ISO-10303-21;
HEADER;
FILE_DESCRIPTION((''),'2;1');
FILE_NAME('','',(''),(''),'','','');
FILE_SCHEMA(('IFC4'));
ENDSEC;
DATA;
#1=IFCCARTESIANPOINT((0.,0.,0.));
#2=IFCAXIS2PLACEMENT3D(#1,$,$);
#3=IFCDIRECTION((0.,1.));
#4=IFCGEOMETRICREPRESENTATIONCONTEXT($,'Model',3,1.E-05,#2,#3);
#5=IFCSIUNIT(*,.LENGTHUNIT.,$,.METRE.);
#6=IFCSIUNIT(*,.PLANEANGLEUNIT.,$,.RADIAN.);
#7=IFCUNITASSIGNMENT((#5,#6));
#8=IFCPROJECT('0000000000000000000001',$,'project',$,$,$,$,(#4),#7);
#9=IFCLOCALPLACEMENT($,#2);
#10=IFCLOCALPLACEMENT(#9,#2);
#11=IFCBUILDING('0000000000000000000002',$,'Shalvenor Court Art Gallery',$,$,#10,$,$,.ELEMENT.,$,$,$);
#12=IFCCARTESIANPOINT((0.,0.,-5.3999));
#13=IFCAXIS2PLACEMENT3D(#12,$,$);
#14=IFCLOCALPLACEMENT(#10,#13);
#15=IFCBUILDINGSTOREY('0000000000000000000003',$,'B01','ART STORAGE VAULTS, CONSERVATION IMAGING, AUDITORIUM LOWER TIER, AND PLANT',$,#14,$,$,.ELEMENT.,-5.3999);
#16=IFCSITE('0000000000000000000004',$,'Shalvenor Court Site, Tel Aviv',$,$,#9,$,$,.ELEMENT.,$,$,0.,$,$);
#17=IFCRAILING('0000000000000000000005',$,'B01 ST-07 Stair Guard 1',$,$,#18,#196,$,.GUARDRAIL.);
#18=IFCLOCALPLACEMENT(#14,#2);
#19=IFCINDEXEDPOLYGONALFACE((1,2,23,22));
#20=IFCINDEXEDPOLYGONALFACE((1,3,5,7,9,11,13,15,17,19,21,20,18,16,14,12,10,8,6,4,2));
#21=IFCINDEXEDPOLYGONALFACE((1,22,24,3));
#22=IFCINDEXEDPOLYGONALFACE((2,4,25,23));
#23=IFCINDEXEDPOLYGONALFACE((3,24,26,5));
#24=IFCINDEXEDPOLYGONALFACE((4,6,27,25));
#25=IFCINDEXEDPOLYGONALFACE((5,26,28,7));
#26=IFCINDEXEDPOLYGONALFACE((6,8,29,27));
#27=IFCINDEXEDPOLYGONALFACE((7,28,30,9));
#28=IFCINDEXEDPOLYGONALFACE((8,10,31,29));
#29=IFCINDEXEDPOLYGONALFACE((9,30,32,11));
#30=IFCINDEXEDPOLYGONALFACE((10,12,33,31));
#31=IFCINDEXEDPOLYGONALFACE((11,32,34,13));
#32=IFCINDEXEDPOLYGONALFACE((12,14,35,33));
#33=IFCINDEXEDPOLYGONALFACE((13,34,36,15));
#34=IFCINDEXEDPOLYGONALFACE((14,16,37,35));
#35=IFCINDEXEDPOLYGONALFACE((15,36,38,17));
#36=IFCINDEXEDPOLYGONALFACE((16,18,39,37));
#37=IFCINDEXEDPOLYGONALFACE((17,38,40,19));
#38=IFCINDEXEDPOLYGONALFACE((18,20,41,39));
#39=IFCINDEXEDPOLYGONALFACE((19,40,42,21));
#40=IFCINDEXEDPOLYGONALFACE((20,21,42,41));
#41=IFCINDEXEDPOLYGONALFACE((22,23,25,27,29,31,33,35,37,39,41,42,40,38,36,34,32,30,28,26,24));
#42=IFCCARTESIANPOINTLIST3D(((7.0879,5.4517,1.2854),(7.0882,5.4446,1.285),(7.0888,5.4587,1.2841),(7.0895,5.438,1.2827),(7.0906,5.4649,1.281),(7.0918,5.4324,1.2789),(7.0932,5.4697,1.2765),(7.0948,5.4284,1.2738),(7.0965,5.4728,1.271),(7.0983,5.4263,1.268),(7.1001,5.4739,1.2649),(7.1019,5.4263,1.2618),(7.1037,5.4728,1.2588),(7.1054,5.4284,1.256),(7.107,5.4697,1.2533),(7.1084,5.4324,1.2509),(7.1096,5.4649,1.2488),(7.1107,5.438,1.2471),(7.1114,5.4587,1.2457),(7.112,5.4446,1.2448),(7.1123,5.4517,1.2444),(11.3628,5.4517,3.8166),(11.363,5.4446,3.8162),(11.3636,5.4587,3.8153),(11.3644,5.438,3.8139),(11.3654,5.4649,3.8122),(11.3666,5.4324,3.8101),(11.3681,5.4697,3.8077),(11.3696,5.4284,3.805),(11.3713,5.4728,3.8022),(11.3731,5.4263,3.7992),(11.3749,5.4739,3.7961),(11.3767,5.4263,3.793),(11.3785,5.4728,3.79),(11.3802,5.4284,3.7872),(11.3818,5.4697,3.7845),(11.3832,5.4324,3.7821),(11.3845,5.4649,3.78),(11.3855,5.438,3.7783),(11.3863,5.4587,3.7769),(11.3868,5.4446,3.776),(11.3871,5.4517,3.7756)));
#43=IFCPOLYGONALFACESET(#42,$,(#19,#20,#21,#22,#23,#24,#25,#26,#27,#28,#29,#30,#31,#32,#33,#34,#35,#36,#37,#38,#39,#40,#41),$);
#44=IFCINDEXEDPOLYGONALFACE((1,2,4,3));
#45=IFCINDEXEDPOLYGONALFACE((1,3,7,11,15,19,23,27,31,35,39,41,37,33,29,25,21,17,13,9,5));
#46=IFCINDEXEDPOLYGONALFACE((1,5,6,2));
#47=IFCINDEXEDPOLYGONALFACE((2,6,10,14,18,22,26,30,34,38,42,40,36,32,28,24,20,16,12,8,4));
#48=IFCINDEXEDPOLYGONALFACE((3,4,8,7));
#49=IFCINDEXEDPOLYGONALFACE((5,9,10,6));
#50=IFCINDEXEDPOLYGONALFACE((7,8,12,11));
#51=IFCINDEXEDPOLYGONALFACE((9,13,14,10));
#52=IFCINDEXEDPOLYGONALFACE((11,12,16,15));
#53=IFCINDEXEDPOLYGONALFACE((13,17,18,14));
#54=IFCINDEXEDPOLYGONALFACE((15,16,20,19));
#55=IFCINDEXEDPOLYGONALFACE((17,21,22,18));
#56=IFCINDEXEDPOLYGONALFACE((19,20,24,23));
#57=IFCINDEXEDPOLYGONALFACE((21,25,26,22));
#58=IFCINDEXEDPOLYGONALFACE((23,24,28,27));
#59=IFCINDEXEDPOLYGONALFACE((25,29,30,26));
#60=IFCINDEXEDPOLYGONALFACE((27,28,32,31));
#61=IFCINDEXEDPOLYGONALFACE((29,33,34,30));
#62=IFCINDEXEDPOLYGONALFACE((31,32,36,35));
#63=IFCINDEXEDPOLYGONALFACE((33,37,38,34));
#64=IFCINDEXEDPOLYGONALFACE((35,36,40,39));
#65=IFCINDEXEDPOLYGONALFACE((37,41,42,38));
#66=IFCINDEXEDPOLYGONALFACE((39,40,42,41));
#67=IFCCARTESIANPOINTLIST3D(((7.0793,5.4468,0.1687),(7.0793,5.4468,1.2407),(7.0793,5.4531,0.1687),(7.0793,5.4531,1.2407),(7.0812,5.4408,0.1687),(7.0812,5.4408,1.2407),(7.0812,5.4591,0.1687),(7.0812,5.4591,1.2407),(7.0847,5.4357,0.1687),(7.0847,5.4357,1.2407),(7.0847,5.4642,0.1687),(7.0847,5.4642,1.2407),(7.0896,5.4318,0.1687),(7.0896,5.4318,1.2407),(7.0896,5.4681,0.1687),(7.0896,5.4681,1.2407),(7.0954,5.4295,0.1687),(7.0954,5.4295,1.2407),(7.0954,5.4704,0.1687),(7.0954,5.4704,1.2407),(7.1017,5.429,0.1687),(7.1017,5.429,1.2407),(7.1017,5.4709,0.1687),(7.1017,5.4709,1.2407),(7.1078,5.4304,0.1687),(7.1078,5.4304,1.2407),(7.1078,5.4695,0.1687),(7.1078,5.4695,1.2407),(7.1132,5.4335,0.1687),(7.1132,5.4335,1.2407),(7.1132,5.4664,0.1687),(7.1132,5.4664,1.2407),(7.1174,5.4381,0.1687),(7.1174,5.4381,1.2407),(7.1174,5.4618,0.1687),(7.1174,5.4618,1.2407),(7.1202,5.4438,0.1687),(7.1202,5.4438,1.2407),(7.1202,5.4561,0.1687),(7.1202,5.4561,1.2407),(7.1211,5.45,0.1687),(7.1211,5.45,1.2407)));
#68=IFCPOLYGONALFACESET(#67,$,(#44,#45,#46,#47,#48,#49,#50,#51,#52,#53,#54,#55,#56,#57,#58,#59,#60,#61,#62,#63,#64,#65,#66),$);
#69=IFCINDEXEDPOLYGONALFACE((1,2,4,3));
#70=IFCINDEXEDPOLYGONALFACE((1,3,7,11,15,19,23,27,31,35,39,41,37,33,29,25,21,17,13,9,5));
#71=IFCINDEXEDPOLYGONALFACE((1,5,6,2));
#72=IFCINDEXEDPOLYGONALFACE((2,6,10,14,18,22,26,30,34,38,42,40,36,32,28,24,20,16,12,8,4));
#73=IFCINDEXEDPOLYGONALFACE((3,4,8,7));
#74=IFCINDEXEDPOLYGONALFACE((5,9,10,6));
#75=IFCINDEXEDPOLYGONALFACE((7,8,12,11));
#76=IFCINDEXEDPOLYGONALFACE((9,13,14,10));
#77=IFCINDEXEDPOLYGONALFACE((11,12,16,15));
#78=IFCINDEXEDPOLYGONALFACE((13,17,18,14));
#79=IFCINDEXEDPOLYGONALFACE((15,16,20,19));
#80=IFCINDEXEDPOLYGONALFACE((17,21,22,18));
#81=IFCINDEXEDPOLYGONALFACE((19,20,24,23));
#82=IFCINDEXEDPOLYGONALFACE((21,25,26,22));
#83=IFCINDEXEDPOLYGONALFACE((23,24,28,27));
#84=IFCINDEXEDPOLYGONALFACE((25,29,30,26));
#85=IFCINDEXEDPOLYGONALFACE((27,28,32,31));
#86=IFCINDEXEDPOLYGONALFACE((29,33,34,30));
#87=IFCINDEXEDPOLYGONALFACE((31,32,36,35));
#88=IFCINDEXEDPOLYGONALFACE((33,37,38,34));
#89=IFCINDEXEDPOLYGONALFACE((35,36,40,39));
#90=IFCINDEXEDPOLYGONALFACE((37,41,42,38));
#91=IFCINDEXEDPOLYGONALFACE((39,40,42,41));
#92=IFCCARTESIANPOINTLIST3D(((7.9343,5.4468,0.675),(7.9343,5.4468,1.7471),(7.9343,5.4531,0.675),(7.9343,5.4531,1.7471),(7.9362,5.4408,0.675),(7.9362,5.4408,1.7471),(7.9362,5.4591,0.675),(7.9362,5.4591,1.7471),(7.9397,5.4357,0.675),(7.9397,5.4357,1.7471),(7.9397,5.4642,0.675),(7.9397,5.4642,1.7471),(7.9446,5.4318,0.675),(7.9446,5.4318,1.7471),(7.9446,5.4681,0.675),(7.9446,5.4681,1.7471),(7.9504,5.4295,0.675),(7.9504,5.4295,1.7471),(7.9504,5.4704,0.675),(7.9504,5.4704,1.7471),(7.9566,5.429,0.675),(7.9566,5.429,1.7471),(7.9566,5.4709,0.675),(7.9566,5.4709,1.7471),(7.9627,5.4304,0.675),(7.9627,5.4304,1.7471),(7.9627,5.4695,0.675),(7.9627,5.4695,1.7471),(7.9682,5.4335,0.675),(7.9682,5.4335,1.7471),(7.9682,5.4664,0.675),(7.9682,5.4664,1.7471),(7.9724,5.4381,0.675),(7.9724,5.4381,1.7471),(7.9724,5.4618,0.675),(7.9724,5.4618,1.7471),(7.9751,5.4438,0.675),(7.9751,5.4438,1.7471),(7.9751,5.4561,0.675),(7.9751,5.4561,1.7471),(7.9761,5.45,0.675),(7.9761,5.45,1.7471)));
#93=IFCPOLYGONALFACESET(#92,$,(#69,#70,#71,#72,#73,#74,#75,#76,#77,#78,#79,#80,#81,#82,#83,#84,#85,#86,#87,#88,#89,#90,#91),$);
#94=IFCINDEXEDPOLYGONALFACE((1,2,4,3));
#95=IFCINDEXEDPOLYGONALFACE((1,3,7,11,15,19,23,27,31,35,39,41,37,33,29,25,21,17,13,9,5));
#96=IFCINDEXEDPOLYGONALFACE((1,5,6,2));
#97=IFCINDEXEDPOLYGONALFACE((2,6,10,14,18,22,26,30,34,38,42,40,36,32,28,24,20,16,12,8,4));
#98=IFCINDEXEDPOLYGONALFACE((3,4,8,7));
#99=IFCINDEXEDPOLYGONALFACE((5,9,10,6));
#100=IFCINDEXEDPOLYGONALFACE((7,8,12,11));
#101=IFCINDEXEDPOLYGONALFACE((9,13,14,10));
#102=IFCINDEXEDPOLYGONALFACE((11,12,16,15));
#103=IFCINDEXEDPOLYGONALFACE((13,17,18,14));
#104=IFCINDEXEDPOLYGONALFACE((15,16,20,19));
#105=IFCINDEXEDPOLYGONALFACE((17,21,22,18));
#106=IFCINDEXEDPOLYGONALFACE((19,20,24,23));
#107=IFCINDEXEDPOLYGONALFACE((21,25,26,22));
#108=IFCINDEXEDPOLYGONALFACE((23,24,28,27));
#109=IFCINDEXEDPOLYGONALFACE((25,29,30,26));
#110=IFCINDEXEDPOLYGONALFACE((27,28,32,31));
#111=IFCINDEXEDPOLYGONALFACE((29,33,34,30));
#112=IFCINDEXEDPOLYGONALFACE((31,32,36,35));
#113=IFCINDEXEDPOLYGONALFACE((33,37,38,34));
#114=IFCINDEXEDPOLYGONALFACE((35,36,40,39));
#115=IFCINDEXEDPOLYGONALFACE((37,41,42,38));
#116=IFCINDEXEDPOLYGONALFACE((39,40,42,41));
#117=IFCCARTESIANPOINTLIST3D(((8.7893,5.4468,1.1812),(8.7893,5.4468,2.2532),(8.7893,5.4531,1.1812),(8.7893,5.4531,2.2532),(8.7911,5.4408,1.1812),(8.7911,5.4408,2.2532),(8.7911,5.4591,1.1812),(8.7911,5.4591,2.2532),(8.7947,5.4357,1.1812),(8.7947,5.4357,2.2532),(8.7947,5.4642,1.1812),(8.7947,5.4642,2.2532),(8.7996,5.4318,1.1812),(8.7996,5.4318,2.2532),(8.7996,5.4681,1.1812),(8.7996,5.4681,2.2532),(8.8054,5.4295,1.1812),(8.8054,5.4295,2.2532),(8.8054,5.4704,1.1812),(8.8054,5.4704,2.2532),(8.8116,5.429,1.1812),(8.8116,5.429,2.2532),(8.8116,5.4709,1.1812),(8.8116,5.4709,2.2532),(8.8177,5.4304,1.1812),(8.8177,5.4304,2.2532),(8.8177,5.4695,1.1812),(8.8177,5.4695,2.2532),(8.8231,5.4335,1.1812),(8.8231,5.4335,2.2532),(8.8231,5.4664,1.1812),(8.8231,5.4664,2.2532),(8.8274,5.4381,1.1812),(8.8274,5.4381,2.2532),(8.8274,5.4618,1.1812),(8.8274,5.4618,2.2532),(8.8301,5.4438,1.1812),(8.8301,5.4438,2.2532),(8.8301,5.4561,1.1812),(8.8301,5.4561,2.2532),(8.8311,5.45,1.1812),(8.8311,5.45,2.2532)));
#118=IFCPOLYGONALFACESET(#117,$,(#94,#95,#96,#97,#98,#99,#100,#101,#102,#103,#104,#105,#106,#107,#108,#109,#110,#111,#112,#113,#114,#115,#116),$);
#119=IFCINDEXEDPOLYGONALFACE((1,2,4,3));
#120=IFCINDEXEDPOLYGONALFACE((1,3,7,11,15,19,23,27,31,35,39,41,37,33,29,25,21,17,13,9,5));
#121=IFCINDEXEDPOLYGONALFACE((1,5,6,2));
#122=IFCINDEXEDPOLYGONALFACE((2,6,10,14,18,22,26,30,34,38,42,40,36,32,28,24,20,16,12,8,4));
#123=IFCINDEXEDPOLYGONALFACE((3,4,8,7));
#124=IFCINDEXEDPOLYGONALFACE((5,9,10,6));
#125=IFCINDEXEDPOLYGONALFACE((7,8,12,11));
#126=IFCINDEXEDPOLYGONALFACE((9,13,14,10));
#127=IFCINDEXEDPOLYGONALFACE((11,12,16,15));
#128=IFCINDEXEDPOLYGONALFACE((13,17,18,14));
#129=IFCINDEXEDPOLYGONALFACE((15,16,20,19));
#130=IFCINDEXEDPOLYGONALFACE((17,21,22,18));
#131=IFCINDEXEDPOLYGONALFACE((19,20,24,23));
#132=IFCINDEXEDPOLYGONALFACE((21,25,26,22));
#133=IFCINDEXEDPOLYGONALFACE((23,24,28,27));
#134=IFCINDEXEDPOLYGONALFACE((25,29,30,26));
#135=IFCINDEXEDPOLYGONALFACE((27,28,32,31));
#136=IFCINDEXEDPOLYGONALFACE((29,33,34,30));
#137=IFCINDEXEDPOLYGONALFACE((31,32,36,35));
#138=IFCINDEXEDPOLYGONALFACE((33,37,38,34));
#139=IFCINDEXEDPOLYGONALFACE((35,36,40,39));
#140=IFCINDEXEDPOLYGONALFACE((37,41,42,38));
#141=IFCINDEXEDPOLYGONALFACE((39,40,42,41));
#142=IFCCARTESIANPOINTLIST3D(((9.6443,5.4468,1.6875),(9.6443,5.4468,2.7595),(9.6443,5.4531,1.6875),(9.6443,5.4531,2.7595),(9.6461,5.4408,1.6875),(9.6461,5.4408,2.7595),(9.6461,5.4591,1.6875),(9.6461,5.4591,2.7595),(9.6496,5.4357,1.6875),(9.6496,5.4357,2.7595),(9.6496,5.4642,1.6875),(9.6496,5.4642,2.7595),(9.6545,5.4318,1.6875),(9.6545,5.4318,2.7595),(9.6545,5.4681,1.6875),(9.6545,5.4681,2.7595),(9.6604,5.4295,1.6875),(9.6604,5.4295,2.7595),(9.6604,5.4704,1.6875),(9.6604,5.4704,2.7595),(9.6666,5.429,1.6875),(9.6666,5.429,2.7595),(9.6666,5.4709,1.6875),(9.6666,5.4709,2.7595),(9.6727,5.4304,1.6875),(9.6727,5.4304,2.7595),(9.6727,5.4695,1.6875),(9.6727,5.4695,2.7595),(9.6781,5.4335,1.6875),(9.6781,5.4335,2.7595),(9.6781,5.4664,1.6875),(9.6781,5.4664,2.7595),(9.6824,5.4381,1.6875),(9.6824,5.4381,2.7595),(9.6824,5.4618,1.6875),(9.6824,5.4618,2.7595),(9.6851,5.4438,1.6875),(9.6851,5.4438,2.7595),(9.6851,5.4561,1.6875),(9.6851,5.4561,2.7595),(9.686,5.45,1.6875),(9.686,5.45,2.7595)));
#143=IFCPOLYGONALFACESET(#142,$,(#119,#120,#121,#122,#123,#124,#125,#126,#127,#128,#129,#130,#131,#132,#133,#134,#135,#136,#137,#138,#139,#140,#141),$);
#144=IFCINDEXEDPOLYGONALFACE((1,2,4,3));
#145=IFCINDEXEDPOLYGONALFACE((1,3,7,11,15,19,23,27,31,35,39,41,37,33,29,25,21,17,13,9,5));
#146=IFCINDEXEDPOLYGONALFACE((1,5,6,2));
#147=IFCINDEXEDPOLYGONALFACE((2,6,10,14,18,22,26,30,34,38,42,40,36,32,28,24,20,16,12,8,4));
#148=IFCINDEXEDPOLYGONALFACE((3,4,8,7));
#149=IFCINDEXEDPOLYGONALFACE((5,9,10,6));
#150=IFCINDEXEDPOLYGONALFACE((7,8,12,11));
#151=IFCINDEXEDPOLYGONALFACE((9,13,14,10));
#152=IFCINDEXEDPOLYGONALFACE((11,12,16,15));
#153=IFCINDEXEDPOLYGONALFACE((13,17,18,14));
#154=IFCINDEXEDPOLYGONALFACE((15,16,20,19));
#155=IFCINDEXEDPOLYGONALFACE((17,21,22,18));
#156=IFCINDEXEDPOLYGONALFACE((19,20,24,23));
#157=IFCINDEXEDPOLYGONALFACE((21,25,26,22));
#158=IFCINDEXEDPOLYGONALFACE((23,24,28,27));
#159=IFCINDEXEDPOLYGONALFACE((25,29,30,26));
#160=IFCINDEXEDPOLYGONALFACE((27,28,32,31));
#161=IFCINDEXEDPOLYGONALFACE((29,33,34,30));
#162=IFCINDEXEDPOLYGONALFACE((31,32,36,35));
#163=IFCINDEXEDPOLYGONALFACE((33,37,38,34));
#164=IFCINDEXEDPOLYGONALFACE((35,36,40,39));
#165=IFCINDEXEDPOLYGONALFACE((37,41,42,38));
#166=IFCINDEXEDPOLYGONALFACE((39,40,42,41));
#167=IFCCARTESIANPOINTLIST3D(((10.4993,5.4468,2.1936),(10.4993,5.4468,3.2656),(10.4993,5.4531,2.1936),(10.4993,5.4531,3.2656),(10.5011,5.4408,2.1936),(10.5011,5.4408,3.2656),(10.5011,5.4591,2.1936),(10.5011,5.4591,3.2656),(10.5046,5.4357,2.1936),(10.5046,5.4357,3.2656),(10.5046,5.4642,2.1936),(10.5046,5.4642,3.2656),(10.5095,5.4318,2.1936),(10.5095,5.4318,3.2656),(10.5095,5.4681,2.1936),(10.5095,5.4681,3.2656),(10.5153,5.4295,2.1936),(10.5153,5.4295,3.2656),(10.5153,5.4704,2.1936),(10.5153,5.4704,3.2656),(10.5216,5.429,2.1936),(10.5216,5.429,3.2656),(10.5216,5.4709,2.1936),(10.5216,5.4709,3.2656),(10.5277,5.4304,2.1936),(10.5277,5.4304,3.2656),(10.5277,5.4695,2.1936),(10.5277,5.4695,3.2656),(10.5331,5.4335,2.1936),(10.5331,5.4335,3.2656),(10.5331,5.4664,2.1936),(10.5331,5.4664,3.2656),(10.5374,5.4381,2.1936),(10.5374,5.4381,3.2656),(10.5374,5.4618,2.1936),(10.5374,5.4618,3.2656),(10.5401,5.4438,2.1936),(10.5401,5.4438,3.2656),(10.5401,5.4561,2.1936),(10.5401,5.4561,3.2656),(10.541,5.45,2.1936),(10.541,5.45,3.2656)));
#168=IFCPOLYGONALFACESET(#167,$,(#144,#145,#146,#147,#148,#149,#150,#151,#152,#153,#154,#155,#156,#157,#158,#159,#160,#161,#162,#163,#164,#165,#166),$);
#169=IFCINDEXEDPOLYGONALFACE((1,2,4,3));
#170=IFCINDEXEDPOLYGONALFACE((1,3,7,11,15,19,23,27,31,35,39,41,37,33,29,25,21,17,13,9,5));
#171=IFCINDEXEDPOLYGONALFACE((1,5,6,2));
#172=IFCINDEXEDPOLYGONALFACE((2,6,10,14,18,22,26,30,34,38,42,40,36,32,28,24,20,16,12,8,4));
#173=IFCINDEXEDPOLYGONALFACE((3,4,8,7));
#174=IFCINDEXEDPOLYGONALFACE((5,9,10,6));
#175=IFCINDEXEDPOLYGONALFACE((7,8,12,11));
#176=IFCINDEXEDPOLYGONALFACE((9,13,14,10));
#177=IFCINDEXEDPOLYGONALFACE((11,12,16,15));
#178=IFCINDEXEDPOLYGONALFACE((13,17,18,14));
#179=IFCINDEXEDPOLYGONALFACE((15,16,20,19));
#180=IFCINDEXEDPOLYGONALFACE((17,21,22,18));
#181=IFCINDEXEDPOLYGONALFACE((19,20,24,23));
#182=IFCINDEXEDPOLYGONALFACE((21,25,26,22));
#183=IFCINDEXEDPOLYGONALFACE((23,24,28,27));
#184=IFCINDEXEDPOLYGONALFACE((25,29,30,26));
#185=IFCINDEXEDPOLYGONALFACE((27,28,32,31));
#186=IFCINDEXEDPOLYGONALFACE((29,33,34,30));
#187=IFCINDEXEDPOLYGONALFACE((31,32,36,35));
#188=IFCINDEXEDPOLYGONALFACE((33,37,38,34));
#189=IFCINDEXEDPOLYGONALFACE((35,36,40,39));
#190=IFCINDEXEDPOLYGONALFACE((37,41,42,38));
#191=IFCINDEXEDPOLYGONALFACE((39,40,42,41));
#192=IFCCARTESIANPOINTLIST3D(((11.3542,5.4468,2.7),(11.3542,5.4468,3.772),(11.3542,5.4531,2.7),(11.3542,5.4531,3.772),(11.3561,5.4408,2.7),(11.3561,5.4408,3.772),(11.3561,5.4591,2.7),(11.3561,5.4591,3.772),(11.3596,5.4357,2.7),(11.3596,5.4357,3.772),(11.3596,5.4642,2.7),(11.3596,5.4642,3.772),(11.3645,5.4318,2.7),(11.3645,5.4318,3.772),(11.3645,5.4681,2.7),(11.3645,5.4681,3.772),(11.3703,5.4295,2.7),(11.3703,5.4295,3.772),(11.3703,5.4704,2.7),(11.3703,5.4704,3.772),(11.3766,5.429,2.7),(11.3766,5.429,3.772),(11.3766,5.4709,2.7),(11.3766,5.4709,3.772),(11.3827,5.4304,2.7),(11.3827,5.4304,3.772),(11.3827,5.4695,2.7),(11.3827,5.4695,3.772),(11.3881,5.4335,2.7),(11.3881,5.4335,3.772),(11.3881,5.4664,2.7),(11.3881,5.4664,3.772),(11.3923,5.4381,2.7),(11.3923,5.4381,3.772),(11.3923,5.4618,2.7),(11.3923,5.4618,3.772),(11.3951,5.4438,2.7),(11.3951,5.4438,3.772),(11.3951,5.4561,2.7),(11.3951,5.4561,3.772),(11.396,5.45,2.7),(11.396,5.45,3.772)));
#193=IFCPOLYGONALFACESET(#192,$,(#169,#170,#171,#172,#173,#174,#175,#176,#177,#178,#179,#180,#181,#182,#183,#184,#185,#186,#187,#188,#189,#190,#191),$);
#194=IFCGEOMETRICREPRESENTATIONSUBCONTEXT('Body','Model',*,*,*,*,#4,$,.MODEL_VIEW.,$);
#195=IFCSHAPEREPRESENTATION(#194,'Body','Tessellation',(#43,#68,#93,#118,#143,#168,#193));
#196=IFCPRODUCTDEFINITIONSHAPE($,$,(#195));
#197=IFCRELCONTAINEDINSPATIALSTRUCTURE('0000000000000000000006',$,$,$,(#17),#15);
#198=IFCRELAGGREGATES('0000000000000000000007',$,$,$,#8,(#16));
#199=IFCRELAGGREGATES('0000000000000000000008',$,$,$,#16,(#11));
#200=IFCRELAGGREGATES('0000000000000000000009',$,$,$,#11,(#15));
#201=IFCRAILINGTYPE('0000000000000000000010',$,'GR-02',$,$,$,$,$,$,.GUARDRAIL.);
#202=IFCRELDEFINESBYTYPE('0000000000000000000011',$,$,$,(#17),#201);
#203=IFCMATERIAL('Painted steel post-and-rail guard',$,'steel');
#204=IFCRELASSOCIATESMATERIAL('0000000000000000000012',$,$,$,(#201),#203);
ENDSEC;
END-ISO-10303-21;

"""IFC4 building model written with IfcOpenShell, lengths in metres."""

from ifc_helpers import new_model, si_unit, direction, frame, origin, origin_2d, place, context, subcontext, project, spatial, circle, extrude, material, type_object, element, save


model = new_model("IFC4")

# Units and contexts
model_context = context("Model", 3, precision=1e-05, world=origin(), true_north=direction((0.0, 1.0)))
body_context = subcontext(model_context, "Body", "Model", "MODEL_VIEW")
ifc_project = project(units=[si_unit("LENGTHUNIT", "METRE"), si_unit("PLANEANGLEUNIT", "RADIAN")], contexts=[model_context])

# Site, building, storey
site_placement = place(None, origin())
site = spatial("IfcSite", under=ifc_project, at=site_placement, Name="Shalvenor Court Site, Tel Aviv", CompositionType="ELEMENT", RefElevation=0.0)
building_placement = place(site_placement, origin())
building = spatial("IfcBuilding", under=site, at=building_placement, Name="Shalvenor Court Art Gallery", CompositionType="ELEMENT")
storey_placement = place(building_placement, frame((0.0, 0.0, -5.3999)))
storey = spatial("IfcBuildingStorey", under=building, at=storey_placement, Name="B01", Description="ART STORAGE VAULTS, CONSERVATION IMAGING, AUDITORIUM LOWER TIER, AND PLANT", CompositionType="ELEMENT", Elevation=-5.3999)

# Railing
ifc_material_1 = material(Name="Painted steel post-and-rail guard", Category="steel")
railing_type_1 = type_object("IfcRailingType", Name="GR-02", PredefinedType="GUARDRAIL", material=ifc_material_1)
railing_1_placement = place(storey_placement, frame((7.1001, 5.45, 0.1687)))
element("IfcRailing", 1, at=railing_1_placement, inside=storey, type_object=railing_type_1, Name="B01 ST-07 Stair Guard 1", PredefinedType="GUARDRAIL", context=body_context, shape_type="SweptSolid", body=[
    extrude(circle(Radius=0.0239, at=origin_2d()), frame((0.0, 0.0, 1.0962), z_axis=(0.86047, 0.0, 0.509501), x_axis=(0.0, 1.0, 0.0)), (0.0, 0.0, 1.0), 4.968),
    extrude(circle(Radius=0.021, at=origin_2d()), origin(), (0.0, 0.0, 1.0), 1.072),
    extrude(circle(Radius=0.021, at=origin_2d()), frame((0.855, 0.0, 0.5063)), (0.0, 0.0, 1.0), 1.072),
    extrude(circle(Radius=0.021, at=origin_2d()), frame((1.71, 0.0, 1.0125)), (0.0, 0.0, 1.0), 1.072),
    extrude(circle(Radius=0.021, at=origin_2d()), frame((2.5649, 0.0, 1.5188)), (0.0, 0.0, 1.0), 1.072),
    extrude(circle(Radius=0.021, at=origin_2d()), frame((3.4199, 0.0, 2.0249)), (0.0, 0.0, 1.0), 1.072),
    extrude(circle(Radius=0.021, at=origin_2d()), frame((4.2749, 0.0, 2.5312)), (0.0, 0.0, 1.0), 1.072),
])

save(model, "model.ifc")
